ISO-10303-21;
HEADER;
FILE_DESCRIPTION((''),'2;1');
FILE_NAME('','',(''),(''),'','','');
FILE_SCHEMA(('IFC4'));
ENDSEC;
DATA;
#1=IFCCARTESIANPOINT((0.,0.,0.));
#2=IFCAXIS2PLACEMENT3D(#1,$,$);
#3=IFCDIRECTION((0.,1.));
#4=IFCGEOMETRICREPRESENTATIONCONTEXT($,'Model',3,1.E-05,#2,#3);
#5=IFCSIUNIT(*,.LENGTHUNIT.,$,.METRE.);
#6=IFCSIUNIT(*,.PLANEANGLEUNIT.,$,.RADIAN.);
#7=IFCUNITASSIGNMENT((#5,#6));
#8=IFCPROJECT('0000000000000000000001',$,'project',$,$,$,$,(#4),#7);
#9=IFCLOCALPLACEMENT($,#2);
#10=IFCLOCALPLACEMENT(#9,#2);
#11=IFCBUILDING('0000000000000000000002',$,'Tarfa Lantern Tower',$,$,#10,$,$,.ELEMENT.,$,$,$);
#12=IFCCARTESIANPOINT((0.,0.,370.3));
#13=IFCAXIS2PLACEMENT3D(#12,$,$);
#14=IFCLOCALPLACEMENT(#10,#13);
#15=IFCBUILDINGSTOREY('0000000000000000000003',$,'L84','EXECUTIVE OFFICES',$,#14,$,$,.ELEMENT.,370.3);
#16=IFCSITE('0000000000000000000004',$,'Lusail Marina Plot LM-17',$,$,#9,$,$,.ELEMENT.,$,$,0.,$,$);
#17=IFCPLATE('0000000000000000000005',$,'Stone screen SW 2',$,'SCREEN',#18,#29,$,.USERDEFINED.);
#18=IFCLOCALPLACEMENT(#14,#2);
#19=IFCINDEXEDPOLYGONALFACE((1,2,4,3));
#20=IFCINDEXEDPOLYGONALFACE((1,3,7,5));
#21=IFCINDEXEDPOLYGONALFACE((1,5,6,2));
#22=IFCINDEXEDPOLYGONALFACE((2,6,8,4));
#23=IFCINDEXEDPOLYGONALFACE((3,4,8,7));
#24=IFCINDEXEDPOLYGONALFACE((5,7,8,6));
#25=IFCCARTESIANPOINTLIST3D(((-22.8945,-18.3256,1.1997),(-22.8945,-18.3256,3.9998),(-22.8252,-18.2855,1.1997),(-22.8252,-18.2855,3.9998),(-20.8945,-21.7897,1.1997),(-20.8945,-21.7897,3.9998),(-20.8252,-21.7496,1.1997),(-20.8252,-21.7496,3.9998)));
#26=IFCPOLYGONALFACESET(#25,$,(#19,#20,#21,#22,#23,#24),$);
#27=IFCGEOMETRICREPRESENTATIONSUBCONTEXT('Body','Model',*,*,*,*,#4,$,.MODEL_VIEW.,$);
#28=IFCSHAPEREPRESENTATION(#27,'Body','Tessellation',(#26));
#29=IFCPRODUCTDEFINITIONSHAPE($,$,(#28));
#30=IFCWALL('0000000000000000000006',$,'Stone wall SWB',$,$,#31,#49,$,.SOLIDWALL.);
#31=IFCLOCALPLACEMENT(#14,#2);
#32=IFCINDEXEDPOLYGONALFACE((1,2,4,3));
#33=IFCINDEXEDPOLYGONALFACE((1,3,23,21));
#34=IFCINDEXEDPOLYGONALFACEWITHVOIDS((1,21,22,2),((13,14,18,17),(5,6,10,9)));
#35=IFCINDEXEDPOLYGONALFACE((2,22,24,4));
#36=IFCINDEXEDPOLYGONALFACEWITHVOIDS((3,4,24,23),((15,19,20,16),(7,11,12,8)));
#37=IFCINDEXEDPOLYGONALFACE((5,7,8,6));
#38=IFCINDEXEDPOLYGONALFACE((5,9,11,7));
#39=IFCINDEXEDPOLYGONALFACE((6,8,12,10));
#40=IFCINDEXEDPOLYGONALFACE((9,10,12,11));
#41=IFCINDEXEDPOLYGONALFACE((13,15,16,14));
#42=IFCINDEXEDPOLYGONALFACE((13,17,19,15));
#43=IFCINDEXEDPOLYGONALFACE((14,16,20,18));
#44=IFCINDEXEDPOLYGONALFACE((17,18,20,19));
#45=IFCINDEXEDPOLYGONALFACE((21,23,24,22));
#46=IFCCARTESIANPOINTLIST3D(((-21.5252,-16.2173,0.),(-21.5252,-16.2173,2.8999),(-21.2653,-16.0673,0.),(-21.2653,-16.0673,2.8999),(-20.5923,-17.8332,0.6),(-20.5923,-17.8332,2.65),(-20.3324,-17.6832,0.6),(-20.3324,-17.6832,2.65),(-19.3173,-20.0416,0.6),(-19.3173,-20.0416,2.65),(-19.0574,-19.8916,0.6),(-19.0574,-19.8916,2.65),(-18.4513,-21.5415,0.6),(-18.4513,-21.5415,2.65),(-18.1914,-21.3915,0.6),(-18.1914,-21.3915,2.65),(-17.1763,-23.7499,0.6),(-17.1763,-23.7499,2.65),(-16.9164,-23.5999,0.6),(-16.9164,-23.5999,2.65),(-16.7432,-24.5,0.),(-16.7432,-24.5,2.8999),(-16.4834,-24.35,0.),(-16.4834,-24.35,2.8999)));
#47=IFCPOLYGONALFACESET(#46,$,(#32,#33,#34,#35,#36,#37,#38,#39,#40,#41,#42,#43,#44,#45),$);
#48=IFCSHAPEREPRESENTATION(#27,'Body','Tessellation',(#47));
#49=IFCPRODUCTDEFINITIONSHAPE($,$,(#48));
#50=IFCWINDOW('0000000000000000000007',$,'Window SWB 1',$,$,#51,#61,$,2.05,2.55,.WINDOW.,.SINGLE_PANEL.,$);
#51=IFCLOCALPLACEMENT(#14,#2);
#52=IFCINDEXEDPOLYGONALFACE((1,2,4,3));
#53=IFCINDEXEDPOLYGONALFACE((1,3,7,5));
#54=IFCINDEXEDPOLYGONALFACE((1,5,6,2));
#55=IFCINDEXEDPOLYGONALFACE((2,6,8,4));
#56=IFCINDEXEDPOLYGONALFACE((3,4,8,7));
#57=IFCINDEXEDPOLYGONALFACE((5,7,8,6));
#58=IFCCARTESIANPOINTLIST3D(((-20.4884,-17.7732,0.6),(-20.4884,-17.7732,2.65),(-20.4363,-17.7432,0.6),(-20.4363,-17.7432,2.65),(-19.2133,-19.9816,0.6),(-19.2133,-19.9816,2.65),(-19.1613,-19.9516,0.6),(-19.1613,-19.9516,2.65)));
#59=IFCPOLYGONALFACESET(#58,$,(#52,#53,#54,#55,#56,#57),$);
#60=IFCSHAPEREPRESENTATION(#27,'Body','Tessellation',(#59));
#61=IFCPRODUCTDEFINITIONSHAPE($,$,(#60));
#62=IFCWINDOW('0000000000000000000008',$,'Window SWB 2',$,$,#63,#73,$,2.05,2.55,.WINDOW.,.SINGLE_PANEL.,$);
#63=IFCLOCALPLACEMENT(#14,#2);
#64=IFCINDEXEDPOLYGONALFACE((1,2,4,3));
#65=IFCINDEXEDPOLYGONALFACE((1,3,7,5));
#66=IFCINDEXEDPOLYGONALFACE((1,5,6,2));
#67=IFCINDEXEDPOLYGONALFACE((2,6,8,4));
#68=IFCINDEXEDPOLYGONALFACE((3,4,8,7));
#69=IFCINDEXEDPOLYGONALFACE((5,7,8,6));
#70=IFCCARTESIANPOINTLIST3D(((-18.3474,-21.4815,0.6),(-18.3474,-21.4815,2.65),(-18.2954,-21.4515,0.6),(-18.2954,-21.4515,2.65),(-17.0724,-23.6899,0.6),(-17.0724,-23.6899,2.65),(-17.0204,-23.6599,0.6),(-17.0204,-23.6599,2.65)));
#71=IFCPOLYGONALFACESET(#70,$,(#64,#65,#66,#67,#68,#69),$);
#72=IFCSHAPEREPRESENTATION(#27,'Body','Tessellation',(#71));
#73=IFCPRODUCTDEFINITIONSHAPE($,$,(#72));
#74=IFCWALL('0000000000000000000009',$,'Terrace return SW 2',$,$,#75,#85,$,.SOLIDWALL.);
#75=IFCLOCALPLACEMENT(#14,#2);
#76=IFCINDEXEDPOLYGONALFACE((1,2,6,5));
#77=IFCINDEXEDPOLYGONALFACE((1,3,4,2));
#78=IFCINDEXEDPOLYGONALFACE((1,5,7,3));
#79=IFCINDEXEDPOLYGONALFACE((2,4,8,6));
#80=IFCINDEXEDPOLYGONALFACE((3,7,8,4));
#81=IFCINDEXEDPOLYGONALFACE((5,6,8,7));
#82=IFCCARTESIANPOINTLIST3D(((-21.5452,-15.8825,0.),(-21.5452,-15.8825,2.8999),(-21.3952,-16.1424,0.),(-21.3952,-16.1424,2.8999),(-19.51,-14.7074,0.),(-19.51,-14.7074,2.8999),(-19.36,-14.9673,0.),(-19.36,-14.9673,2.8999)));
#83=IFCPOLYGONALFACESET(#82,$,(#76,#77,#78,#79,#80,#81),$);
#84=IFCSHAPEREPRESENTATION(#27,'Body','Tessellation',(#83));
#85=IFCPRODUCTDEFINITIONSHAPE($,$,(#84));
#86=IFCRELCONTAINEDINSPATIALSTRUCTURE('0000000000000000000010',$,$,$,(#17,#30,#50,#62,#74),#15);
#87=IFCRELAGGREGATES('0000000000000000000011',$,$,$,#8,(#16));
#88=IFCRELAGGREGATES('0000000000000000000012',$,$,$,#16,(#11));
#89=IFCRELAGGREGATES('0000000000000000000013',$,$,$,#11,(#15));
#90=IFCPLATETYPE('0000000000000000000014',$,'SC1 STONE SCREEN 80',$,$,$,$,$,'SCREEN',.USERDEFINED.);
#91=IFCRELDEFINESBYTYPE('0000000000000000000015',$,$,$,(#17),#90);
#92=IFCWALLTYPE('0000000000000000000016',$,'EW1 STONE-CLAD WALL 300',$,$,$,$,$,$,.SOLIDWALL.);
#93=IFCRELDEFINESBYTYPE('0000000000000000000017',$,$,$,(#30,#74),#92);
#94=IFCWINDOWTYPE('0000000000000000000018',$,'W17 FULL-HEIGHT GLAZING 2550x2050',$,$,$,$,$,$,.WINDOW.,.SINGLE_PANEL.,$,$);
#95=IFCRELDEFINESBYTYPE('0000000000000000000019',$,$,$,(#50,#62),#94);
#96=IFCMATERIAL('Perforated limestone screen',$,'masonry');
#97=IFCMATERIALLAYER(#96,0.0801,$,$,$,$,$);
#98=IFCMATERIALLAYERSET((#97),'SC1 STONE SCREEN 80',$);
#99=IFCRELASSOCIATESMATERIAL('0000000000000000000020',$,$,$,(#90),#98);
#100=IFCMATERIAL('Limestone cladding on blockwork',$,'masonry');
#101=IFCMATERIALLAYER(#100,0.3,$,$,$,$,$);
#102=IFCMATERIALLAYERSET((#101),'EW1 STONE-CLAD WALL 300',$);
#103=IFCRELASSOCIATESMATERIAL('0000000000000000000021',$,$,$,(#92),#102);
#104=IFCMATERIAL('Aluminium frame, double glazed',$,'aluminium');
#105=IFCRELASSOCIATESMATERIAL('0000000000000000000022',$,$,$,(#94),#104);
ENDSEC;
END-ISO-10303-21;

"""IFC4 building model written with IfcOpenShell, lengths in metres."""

from ifc_helpers import new_model, si_unit, direction, frame, frame_2d, origin, origin_2d, place, context, subcontext, project, spatial, rectangle, extrude, material, layer, layer_set, type_object, element, fill, save


model = new_model("IFC4")

# Units and contexts
model_context = context("Model", 3, precision=1e-05, world=origin(), true_north=direction((0.0, 1.0)))
body_context = subcontext(model_context, "Body", "Model", "MODEL_VIEW")
ifc_project = project(units=[si_unit("LENGTHUNIT", "METRE"), si_unit("PLANEANGLEUNIT", "RADIAN")], contexts=[model_context])

# Site, building, storey
site_placement = place(None, origin())
site = spatial("IfcSite", under=ifc_project, at=site_placement, Name="Lusail Marina Plot LM-17", CompositionType="ELEMENT", RefElevation=0.0)
building_placement = place(site_placement, origin())
building = spatial("IfcBuilding", under=site, at=building_placement, Name="Tarfa Lantern Tower", CompositionType="ELEMENT")
storey_placement = place(building_placement, frame((0.0, 0.0, 370.3)))
storey = spatial("IfcBuildingStorey", under=building, at=storey_placement, Name="L84", Description="EXECUTIVE OFFICES", CompositionType="ELEMENT", Elevation=370.3)

# Plate
ifc_material_1 = material(Name="Perforated limestone screen", Category="masonry")
ifc_layer_1 = layer(ifc_material_1, 0.0801)
ifc_layer_set_1 = layer_set([ifc_layer_1], Name="SC1 STONE SCREEN 80")
plate_type_1 = type_object("IfcPlateType", Name="SC1 STONE SCREEN 80", ElementType="SCREEN", PredefinedType="USERDEFINED", material=ifc_layer_set_1)
plate_1_placement = place(storey_placement, frame((-21.8599, -20.0376, 1.1997), z_axis=(0.0, 0.0, 1.0), x_axis=(0.5, -0.866025, 0.0)))
element("IfcPlate", 1, at=plate_1_placement, inside=storey, type_object=plate_type_1, Name="Stone screen SW 2", ObjectType="SCREEN", PredefinedType="USERDEFINED", context=body_context, shape_type="SweptSolid", body=[
    extrude(rectangle(XDim=4.0, YDim=0.0801, at=origin_2d()), origin(), (0.0, 0.0, 1.0), 2.8),
])

# Wall, openings, windows
ifc_material_2 = material(Name="Limestone cladding on blockwork", Category="masonry")
ifc_layer_2 = layer(ifc_material_2, 0.3)
ifc_layer_set_2 = layer_set([ifc_layer_2], Name="EW1 STONE-CLAD WALL 300")
wall_type = type_object("IfcWallType", Name="EW1 STONE-CLAD WALL 300", PredefinedType="SOLIDWALL", material=ifc_layer_set_2)
wall_1_placement = place(storey_placement, frame((-21.3953, -16.1423, 0.0), z_axis=(0.0, 0.0, 1.0), x_axis=(0.499996, -0.866027, 0.0)))
wall_1 = element("IfcWall", 2, at=wall_1_placement, inside=storey, type_object=wall_type, Name="Stone wall SWB", PredefinedType="SOLIDWALL", context=body_context, shape_type="SweptSolid", body=[
    extrude(rectangle(XDim=9.564, YDim=0.3, at=frame_2d((4.782, 0.0))), origin(), (0.0, 0.0, 1.0), 2.8999),
])
opening_1_placement = place(wall_1_placement, frame((1.866, 0.0, 0.6001)))
opening_1 = element("IfcOpeningElement", 3, at=opening_1_placement, cuts=wall_1, PredefinedType="OPENING", context=body_context, shape_type="SweptSolid", body=[
    extrude(rectangle(XDim=2.55, YDim=2.05, at=frame_2d((1.2749, 1.0249))), frame((0.0, 0.1599, 0.0), z_axis=(0.0, -1.0, 0.0), x_axis=(1.0, 0.0, 0.0)), (0.0, 0.0, 1.0), 0.3201),
])
opening_2_placement = place(wall_1_placement, frame((6.1479, 0.0, 0.6001)))
opening_2 = element("IfcOpeningElement", 4, at=opening_2_placement, cuts=wall_1, PredefinedType="OPENING", context=body_context, shape_type="SweptSolid", body=[
    extrude(rectangle(XDim=2.55, YDim=2.05, at=frame_2d((1.2749, 1.0249))), frame((0.0, 0.1599, 0.0), z_axis=(0.0, -1.0, 0.0), x_axis=(1.0, 0.0, 0.0)), (0.0, 0.0, 1.0), 0.3201),
])
ifc_material_3 = material(Name="Aluminium frame, double glazed", Category="aluminium")
window_type = type_object("IfcWindowType", Name="W17 FULL-HEIGHT GLAZING 2550x2050", PartitioningType="SINGLE_PANEL", PredefinedType="WINDOW", material=ifc_material_3)
window_1_placement = place(opening_1_placement, origin())
window_1 = element("IfcWindow", 5, at=window_1_placement, inside=storey, type_object=window_type, Name="Window SWB 1", OverallHeight=2.05, OverallWidth=2.55, PartitioningType="SINGLE_PANEL", PredefinedType="WINDOW", context=body_context, shape_type="SweptSolid", body=[
    extrude(rectangle(XDim=2.55, YDim=2.05, at=frame_2d((1.2749, 1.0249))), frame((0.0, 0.03, 0.0), z_axis=(0.0, -1.0, 0.0), x_axis=(1.0, 0.0, 0.0)), (0.0, 0.0, 1.0), 0.0601),
])
fill(opening_1, window_1)
window_2_placement = place(opening_2_placement, origin())
window_2 = element("IfcWindow", 6, at=window_2_placement, inside=storey, type_object=window_type, Name="Window SWB 2", OverallHeight=2.05, OverallWidth=2.55, PartitioningType="SINGLE_PANEL", PredefinedType="WINDOW", context=body_context, shape_type="SweptSolid", body=[
    extrude(rectangle(XDim=2.55, YDim=2.05, at=frame_2d((1.2749, 1.0249))), frame((0.0, 0.03, 0.0), z_axis=(0.0, -1.0, 0.0), x_axis=(1.0, 0.0, 0.0)), (0.0, 0.0, 1.0), 0.0601),
])
fill(opening_2, window_2)

# Wall
wall_2_placement = place(storey_placement, frame((-21.4702, -16.0125, 0.0), z_axis=(0.0, 0.0, 1.0), x_axis=(0.866016, 0.500016, 0.0)))
element("IfcWall", 7, at=wall_2_placement, inside=storey, type_object=wall_type, Name="Terrace return SW 2", PredefinedType="SOLIDWALL", context=body_context, shape_type="SweptSolid", body=[
    extrude(rectangle(XDim=2.3501, YDim=0.3, at=frame_2d((1.175, 0.0))), origin(), (0.0, 0.0, 1.0), 2.8999),
])

save(model, "model.ifc")
